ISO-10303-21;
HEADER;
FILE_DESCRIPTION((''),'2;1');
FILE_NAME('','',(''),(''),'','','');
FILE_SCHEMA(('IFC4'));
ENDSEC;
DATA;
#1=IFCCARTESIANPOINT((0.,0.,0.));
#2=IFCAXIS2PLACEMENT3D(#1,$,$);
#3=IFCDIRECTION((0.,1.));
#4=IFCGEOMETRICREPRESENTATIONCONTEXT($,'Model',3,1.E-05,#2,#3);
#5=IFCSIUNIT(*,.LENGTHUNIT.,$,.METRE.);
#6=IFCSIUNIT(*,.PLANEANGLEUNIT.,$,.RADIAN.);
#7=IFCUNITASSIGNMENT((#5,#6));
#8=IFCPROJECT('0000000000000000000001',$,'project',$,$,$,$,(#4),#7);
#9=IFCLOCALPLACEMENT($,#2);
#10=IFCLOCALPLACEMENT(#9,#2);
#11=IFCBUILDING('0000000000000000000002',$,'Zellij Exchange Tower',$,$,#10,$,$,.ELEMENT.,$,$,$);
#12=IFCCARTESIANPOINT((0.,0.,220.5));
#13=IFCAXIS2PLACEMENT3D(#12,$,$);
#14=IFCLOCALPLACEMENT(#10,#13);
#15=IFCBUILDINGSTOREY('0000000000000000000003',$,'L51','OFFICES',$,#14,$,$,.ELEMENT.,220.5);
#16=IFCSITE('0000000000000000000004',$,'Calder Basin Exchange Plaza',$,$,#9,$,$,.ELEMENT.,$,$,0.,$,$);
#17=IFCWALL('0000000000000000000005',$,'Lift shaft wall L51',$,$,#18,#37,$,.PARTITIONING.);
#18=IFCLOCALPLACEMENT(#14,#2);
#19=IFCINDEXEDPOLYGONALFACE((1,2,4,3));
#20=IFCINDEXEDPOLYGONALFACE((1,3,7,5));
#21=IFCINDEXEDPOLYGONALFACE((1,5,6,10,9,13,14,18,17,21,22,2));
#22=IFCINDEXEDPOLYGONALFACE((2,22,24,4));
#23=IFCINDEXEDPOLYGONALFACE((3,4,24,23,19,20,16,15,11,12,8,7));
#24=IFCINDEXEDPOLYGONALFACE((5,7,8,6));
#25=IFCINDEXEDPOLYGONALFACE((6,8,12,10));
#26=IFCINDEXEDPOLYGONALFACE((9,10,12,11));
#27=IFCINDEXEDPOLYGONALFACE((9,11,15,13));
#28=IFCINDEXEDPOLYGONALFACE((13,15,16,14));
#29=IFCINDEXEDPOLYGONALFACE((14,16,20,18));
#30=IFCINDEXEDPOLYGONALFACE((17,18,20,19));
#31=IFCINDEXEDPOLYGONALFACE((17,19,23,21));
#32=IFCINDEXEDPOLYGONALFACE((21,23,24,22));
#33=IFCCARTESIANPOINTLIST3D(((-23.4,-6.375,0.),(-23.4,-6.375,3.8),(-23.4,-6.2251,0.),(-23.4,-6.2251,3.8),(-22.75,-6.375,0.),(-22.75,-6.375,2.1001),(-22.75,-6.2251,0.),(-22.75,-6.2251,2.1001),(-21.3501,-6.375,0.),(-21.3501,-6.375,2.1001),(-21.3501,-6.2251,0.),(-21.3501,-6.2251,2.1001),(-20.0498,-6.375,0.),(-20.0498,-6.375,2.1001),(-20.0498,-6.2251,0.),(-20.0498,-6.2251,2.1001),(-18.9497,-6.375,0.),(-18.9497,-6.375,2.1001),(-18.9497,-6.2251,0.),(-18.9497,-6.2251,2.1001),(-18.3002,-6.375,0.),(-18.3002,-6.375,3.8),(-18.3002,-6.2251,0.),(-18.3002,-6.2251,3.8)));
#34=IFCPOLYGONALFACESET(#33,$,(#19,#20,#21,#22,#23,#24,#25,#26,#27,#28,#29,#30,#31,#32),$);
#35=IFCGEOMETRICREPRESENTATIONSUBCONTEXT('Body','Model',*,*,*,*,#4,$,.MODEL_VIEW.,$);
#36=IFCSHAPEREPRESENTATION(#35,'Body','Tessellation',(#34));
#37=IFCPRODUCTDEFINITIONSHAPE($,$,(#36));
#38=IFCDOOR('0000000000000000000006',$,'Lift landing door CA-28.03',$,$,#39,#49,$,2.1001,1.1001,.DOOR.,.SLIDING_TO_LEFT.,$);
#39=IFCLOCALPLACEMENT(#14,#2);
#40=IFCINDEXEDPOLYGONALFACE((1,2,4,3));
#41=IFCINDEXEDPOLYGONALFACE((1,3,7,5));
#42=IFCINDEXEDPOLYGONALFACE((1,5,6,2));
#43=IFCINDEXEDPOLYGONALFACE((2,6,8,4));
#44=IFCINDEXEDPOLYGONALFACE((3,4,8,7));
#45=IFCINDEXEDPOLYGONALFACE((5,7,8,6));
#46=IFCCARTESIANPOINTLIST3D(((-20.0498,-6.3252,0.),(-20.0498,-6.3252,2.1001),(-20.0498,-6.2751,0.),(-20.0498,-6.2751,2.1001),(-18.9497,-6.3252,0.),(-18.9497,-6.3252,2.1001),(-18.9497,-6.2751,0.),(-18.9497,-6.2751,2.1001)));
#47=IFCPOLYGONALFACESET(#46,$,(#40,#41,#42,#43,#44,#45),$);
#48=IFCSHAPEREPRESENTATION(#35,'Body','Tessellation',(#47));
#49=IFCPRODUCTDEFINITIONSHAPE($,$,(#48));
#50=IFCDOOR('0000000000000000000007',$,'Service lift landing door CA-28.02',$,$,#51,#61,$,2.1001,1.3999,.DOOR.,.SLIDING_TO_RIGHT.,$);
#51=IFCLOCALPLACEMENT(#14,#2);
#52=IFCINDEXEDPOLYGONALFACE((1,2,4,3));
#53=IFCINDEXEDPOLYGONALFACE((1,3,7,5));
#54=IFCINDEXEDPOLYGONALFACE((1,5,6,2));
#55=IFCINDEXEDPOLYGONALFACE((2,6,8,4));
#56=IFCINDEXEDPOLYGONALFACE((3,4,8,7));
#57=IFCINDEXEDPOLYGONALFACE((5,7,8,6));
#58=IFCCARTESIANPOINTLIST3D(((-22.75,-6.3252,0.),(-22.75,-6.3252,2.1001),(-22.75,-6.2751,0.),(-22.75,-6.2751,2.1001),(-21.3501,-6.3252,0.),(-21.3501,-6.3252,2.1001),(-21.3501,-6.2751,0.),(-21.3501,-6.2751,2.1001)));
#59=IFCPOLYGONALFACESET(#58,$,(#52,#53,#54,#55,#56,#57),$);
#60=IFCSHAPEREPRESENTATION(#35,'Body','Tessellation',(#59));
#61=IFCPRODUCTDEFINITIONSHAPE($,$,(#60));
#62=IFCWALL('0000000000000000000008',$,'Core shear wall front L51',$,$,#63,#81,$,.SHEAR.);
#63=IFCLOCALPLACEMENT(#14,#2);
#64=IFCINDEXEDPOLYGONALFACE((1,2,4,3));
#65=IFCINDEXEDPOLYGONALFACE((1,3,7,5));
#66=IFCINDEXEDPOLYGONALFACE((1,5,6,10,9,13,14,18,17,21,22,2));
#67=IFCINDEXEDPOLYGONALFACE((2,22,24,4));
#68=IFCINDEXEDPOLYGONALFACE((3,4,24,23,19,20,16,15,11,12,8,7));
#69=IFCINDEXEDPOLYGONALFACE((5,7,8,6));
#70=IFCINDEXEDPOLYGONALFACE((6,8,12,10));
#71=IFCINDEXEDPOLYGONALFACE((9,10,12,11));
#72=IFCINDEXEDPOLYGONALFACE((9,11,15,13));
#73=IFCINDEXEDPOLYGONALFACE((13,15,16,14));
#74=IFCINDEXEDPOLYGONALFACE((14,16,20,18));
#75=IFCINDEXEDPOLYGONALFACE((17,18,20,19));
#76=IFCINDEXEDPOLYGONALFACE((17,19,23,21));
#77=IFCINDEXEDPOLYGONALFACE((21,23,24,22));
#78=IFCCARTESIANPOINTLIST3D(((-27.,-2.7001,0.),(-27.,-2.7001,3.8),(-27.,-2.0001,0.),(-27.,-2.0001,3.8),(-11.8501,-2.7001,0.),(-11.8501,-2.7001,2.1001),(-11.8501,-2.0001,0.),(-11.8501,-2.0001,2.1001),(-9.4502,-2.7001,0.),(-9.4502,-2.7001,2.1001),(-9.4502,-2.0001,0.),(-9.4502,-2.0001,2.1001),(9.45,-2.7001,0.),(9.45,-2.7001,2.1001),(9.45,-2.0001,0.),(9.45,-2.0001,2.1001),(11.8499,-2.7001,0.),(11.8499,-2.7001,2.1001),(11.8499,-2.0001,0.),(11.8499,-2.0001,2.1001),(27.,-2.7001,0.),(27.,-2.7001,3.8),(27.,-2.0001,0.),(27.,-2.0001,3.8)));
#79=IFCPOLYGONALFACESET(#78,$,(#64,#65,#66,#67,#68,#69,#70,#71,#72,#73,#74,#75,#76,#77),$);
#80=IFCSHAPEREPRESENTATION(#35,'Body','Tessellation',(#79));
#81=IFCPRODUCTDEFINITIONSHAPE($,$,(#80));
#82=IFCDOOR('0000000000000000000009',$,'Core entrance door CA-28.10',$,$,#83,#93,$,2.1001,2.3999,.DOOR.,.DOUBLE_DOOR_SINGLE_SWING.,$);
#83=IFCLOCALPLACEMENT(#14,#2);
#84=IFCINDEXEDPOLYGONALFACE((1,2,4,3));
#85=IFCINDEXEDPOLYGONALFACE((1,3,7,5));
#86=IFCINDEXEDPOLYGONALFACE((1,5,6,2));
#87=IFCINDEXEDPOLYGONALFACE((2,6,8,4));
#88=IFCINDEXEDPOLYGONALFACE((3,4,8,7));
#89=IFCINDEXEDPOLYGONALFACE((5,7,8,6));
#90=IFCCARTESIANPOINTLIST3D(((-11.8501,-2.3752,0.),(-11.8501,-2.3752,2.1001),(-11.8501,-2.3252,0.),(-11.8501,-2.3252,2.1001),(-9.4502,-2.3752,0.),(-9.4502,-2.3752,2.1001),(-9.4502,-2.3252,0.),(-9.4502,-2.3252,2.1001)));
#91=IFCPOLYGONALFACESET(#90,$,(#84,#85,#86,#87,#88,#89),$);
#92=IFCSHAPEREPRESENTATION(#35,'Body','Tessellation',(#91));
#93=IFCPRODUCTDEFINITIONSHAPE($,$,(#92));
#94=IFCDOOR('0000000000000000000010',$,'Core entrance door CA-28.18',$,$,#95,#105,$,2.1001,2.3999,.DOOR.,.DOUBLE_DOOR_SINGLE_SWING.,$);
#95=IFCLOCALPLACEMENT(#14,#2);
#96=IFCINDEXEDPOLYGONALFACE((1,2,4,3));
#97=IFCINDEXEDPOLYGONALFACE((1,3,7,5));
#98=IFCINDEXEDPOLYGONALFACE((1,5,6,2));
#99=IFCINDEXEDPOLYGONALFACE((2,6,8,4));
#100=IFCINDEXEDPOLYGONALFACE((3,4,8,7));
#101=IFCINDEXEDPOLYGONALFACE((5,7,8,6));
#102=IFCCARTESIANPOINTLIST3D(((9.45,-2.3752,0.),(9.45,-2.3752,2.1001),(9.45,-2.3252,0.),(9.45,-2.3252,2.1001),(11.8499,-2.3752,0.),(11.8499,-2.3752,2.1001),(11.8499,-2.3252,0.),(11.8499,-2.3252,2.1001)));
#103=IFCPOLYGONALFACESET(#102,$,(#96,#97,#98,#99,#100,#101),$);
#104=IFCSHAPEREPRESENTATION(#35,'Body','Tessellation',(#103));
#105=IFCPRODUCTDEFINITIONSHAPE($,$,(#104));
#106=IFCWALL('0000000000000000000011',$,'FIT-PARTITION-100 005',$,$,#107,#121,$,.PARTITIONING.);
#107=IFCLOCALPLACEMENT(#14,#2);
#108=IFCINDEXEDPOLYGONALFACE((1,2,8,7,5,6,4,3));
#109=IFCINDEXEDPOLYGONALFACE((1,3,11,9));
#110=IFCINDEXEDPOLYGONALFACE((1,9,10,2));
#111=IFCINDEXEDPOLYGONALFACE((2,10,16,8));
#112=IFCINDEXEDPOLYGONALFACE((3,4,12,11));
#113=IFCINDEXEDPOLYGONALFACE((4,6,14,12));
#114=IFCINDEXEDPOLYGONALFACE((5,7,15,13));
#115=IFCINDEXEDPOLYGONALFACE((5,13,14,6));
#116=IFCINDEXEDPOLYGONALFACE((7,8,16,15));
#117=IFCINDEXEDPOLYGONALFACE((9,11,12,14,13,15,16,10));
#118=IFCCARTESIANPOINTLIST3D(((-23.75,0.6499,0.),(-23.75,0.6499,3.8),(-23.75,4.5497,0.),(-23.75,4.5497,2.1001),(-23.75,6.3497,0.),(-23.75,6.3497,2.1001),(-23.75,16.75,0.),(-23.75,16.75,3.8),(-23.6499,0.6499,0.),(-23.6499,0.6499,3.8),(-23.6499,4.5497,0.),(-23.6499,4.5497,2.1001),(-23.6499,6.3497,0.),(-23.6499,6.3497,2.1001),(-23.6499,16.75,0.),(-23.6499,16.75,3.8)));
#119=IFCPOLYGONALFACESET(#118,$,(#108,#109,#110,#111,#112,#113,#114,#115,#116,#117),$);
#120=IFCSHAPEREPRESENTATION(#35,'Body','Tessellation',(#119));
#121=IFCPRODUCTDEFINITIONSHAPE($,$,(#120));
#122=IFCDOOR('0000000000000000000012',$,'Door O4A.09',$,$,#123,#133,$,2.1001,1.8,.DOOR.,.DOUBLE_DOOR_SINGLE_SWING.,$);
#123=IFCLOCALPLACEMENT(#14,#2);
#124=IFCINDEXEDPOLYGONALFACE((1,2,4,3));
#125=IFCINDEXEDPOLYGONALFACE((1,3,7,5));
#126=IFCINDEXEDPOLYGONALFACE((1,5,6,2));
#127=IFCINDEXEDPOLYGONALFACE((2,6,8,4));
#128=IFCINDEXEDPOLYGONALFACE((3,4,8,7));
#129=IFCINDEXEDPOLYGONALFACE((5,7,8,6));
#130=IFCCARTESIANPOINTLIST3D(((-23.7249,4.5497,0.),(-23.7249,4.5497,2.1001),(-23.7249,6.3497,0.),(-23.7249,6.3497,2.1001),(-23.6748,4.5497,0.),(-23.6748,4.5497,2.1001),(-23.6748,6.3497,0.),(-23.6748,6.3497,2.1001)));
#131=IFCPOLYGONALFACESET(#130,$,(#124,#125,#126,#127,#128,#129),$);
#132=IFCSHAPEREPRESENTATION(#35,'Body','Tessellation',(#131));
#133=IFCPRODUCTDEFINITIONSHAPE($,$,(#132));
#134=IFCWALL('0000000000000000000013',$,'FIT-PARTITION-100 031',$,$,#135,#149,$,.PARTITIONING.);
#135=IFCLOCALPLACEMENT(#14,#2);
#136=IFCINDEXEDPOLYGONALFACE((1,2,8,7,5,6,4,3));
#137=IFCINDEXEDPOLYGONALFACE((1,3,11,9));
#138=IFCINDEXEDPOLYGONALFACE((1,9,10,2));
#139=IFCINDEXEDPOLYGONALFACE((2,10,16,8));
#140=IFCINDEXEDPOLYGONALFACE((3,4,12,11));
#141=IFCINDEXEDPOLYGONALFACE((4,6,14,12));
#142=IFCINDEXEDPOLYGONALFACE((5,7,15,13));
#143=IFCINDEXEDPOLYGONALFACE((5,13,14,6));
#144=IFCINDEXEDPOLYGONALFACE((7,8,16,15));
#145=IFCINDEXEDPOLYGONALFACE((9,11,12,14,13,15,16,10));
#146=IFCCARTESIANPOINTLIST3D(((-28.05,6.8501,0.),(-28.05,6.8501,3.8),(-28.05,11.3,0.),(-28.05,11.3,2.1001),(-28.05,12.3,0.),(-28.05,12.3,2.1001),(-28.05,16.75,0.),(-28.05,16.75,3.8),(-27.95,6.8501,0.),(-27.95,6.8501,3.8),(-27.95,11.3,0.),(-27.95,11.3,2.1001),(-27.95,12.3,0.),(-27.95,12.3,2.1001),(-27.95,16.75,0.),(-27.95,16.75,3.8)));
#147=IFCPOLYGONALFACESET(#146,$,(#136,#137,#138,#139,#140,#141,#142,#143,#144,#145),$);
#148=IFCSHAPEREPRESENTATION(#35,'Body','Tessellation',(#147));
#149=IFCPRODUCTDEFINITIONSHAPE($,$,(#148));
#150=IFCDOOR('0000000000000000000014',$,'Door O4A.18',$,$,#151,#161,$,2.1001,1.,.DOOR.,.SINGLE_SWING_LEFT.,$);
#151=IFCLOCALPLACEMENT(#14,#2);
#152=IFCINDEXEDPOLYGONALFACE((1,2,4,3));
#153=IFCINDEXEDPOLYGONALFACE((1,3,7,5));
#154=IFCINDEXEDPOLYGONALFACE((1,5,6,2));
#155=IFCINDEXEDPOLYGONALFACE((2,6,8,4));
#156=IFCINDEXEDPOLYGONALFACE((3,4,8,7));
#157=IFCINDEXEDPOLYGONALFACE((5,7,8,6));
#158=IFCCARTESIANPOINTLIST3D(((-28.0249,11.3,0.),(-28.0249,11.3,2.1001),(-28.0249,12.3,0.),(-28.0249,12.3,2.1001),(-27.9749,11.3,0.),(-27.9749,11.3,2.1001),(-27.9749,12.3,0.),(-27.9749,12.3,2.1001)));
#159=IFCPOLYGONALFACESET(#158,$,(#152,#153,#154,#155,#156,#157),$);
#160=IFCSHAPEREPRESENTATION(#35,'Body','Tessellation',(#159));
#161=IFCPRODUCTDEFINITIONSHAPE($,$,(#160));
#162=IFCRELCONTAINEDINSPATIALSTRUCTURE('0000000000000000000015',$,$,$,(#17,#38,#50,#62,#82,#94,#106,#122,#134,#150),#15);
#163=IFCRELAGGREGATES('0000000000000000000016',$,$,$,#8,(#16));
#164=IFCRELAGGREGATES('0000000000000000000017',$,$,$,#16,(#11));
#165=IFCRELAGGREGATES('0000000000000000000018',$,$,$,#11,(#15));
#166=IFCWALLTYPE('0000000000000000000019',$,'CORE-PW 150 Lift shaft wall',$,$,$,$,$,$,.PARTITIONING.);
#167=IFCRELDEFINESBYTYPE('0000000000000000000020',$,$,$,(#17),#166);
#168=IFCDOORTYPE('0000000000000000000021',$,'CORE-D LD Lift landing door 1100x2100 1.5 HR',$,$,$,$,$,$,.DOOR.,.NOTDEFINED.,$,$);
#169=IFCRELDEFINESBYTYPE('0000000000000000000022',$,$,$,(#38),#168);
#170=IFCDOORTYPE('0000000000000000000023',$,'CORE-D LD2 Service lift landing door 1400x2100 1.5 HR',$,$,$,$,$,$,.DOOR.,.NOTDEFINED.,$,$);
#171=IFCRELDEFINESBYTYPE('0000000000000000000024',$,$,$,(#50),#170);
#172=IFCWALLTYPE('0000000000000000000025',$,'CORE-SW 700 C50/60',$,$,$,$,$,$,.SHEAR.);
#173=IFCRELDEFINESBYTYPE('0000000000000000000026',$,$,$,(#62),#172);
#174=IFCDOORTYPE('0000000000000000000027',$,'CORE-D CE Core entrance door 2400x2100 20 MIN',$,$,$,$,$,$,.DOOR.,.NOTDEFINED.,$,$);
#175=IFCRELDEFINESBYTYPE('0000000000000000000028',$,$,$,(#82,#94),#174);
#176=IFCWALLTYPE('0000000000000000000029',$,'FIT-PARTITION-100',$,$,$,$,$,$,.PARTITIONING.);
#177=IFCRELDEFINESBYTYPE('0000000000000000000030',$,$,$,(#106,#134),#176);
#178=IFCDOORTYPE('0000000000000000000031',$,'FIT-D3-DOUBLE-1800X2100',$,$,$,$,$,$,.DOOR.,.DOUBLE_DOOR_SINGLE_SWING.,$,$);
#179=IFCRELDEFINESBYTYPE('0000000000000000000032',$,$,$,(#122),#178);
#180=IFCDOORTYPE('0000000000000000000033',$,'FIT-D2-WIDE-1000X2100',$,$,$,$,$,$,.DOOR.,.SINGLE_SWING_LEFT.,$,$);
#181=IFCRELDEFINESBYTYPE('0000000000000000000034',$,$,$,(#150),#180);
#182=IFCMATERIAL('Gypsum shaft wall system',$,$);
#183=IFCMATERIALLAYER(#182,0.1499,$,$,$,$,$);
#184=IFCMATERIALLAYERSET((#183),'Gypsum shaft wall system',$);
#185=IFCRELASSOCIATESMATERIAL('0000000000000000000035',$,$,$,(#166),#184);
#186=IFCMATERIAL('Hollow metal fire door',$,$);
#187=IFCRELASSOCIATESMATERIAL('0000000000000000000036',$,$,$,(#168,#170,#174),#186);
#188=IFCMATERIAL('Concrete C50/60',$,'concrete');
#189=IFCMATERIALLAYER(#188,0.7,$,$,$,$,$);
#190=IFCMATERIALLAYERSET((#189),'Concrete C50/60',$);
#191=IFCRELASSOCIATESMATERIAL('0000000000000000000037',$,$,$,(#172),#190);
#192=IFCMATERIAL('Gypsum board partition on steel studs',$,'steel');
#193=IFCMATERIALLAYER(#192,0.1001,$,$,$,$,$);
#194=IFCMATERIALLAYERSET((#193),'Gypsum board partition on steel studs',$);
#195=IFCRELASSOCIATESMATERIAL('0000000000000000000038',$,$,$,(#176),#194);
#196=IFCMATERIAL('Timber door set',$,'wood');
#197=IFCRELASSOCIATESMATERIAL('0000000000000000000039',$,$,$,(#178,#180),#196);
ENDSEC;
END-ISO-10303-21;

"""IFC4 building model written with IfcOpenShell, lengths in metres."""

from ifc_helpers import new_model, si_unit, direction, frame, frame_2d, origin, place, context, subcontext, project, spatial, rectangle, extrude, material, layer, layer_set, type_object, element, fill, save


model = new_model("IFC4")

# Units and contexts
model_context = context("Model", 3, precision=1e-05, world=origin(), true_north=direction((0.0, 1.0)))
body_context = subcontext(model_context, "Body", "Model", "MODEL_VIEW")
ifc_project = project(units=[si_unit("LENGTHUNIT", "METRE"), si_unit("PLANEANGLEUNIT", "RADIAN")], contexts=[model_context])

# Site, building, storey
site_placement = place(None, origin())
site = spatial("IfcSite", under=ifc_project, at=site_placement, Name="Calder Basin Exchange Plaza", CompositionType="ELEMENT", RefElevation=0.0)
building_placement = place(site_placement, origin())
building = spatial("IfcBuilding", under=site, at=building_placement, Name="Zellij Exchange Tower", CompositionType="ELEMENT")
storey_placement = place(building_placement, frame((0.0, 0.0, 220.5)))
storey = spatial("IfcBuildingStorey", under=building, at=storey_placement, Name="L51", Description="OFFICES", CompositionType="ELEMENT", Elevation=220.5)

# Shared definitions
ifc_material_1 = material(Name="Concrete C50/60", Category="concrete")

# Shared definitions
ifc_material_2 = material(Name="Gypsum shaft wall system")
ifc_layer_1 = layer(ifc_material_2, 0.1499)
ifc_layer_set_1 = layer_set([ifc_layer_1], Name="Gypsum shaft wall system")
wall_type_1 = type_object("IfcWallType", Name="CORE-PW 150 Lift shaft wall", PredefinedType="PARTITIONING", material=ifc_layer_set_1)

# Walls, openings, doors
wall_1_placement = place(storey_placement, frame((-23.3999, -6.3, 0.0), z_axis=(0.0, 0.0, 1.0), x_axis=(1.0, 0.0, 0.0)))
wall_1 = element("IfcWall", 1, at=wall_1_placement, inside=storey, type_object=wall_type_1, Name="Lift shaft wall L51", PredefinedType="PARTITIONING", context=body_context, shape_type="SweptSolid", body=[
    extrude(rectangle(XDim=5.0999, YDim=0.1499, at=frame_2d((2.5498, 0.0))), origin(), (0.0, 0.0, 1.0), 3.8),
])
opening_1_placement = place(wall_1_placement, frame((0.6499, 0.0, 0.0)))
opening_1 = element("IfcOpeningElement", 2, at=opening_1_placement, cuts=wall_1, PredefinedType="OPENING", context=body_context, shape_type="SweptSolid", body=[
    extrude(rectangle(XDim=1.3999, YDim=2.1001, at=frame_2d((0.7, 1.05))), frame((0.0, 0.0869, 0.0), z_axis=(0.0, -1.0, 0.0), x_axis=(1.0, 0.0, 0.0)), (0.0, 0.0, 1.0), 0.1738),
])
opening_2_placement = place(wall_1_placement, frame((3.3501, 0.0, 0.0)))
opening_2 = element("IfcOpeningElement", 3, at=opening_2_placement, cuts=wall_1, PredefinedType="OPENING", context=body_context, shape_type="SweptSolid", body=[
    extrude(rectangle(XDim=1.1001, YDim=2.1001, at=frame_2d((0.55, 1.05))), frame((0.0, 0.0869, 0.0), z_axis=(0.0, -1.0, 0.0), x_axis=(1.0, 0.0, 0.0)), (0.0, 0.0, 1.0), 0.1738),
])
ifc_material_3 = material(Name="Hollow metal fire door")
door_type_1 = type_object("IfcDoorType", Name="CORE-D LD Lift landing door 1100x2100 1.5 HR", OperationType="NOTDEFINED", PredefinedType="DOOR", material=ifc_material_3)
door_1_placement = place(opening_2_placement, origin())
door_1 = element("IfcDoor", 4, at=door_1_placement, inside=storey, type_object=door_type_1, Name="Lift landing door CA-28.03", OperationType="SLIDING_TO_LEFT", OverallHeight=2.1001, OverallWidth=1.1001, PredefinedType="DOOR", context=body_context, shape_type="SweptSolid", body=[
    extrude(rectangle(XDim=1.1001, YDim=2.1001, at=frame_2d((0.55, 1.05))), frame((0.0, 0.0249, 0.0), z_axis=(0.0, -1.0, 0.0), x_axis=(1.0, 0.0, 0.0)), (0.0, 0.0, 1.0), 0.05),
])
fill(opening_2, door_1)
door_type_2 = type_object("IfcDoorType", Name="CORE-D LD2 Service lift landing door 1400x2100 1.5 HR", OperationType="NOTDEFINED", PredefinedType="DOOR", material=ifc_material_3)
door_2_placement = place(opening_1_placement, origin())
door_2 = element("IfcDoor", 5, at=door_2_placement, inside=storey, type_object=door_type_2, Name="Service lift landing door CA-28.02", OperationType="SLIDING_TO_RIGHT", OverallHeight=2.1001, OverallWidth=1.3999, PredefinedType="DOOR", context=body_context, shape_type="SweptSolid", body=[
    extrude(rectangle(XDim=1.3999, YDim=2.1001, at=frame_2d((0.7, 1.05))), frame((0.0, 0.0249, 0.0), z_axis=(0.0, -1.0, 0.0), x_axis=(1.0, 0.0, 0.0)), (0.0, 0.0, 1.0), 0.05),
])
fill(opening_1, door_2)
ifc_layer_2 = layer(ifc_material_1, 0.7)
ifc_layer_set_2 = layer_set([ifc_layer_2], Name="Concrete C50/60")
wall_type_2 = type_object("IfcWallType", Name="CORE-SW 700 C50/60", PredefinedType="SHEAR", material=ifc_layer_set_2)
wall_2_placement = place(storey_placement, frame((-27.0, -2.3501, 0.0), z_axis=(0.0, 0.0, 1.0), x_axis=(1.0, 0.0, 0.0)))
wall_2 = element("IfcWall", 6, at=wall_2_placement, inside=storey, type_object=wall_type_2, Name="Core shear wall front L51", PredefinedType="SHEAR", context=body_context, shape_type="SweptSolid", body=[
    extrude(rectangle(XDim=54.0, YDim=0.7, at=frame_2d((27.0, 0.0))), origin(), (0.0, 0.0, 1.0), 3.8),
])
opening_3_placement = place(wall_2_placement, frame((15.1499, 0.0, 0.0)))
opening_3 = element("IfcOpeningElement", 7, at=opening_3_placement, cuts=wall_2, PredefinedType="OPENING", context=body_context, shape_type="SweptSolid", body=[
    extrude(rectangle(XDim=2.3999, YDim=2.1001, at=frame_2d((1.2, 1.05))), frame((0.0, 0.3618, 0.0), z_axis=(0.0, -1.0, 0.0), x_axis=(1.0, 0.0, 0.0)), (0.0, 0.0, 1.0), 0.7239),
])
opening_4_placement = place(wall_2_placement, frame((36.45, 0.0, 0.0)))
opening_4 = element("IfcOpeningElement", 8, at=opening_4_placement, cuts=wall_2, PredefinedType="OPENING", context=body_context, shape_type="SweptSolid", body=[
    extrude(rectangle(XDim=2.3999, YDim=2.1001, at=frame_2d((1.2, 1.05))), frame((0.0, 0.3618, 0.0), z_axis=(0.0, -1.0, 0.0), x_axis=(1.0, 0.0, 0.0)), (0.0, 0.0, 1.0), 0.7239),
])
door_type_3 = type_object("IfcDoorType", Name="CORE-D CE Core entrance door 2400x2100 20 MIN", OperationType="NOTDEFINED", PredefinedType="DOOR", material=ifc_material_3)
door_3_placement = place(opening_3_placement, origin())
door_3 = element("IfcDoor", 9, at=door_3_placement, inside=storey, type_object=door_type_3, Name="Core entrance door CA-28.10", OperationType="DOUBLE_DOOR_SINGLE_SWING", OverallHeight=2.1001, OverallWidth=2.3999, PredefinedType="DOOR", context=body_context, shape_type="SweptSolid", body=[
    extrude(rectangle(XDim=2.3999, YDim=2.1001, at=frame_2d((1.2, 1.05))), frame((0.0, 0.0249, 0.0), z_axis=(0.0, -1.0, 0.0), x_axis=(1.0, 0.0, 0.0)), (0.0, 0.0, 1.0), 0.05),
])
fill(opening_3, door_3)
door_4_placement = place(opening_4_placement, origin())
door_4 = element("IfcDoor", 10, at=door_4_placement, inside=storey, type_object=door_type_3, Name="Core entrance door CA-28.18", OperationType="DOUBLE_DOOR_SINGLE_SWING", OverallHeight=2.1001, OverallWidth=2.3999, PredefinedType="DOOR", context=body_context, shape_type="SweptSolid", body=[
    extrude(rectangle(XDim=2.3999, YDim=2.1001, at=frame_2d((1.2, 1.05))), frame((0.0, 0.0249, 0.0), z_axis=(0.0, -1.0, 0.0), x_axis=(1.0, 0.0, 0.0)), (0.0, 0.0, 1.0), 0.05),
])
fill(opening_4, door_4)

# Walls, openings, doors
ifc_material_4 = material(Name="Gypsum board partition on steel studs", Category="steel")
ifc_layer_3 = layer(ifc_material_4, 0.1001)
ifc_layer_set_3 = layer_set([ifc_layer_3], Name="Gypsum board partition on steel studs")
wall_type_3 = type_object("IfcWallType", Name="FIT-PARTITION-100", PredefinedType="PARTITIONING", material=ifc_layer_set_3)
wall_3_placement = place(storey_placement, frame((-23.7, 0.6499, 0.0), z_axis=(0.0, 0.0, 1.0), x_axis=(0.0, 1.0, 0.0)))
wall_3 = element("IfcWall", 11, at=wall_3_placement, inside=storey, type_object=wall_type_3, Name="FIT-PARTITION-100 005", PredefinedType="PARTITIONING", context=body_context, shape_type="SweptSolid", body=[
    extrude(rectangle(XDim=16.1001, YDim=0.1001, at=frame_2d((8.05, 0.0))), origin(), (0.0, 0.0, 1.0), 3.8),
])
opening_5_placement = place(wall_3_placement, frame((3.8999, 0.0, 0.0)))
opening_5 = element("IfcOpeningElement", 12, at=opening_5_placement, cuts=wall_3, PredefinedType="OPENING", context=body_context, shape_type="SweptSolid", body=[
    extrude(rectangle(XDim=1.8, YDim=2.1001, at=frame_2d((0.8999, 1.05))), frame((0.0, 0.062, 0.0), z_axis=(0.0, -1.0, 0.0), x_axis=(1.0, 0.0, 0.0)), (0.0, 0.0, 1.0), 0.124),
])
ifc_material_5 = material(Name="Timber door set", Category="wood")
door_type_4 = type_object("IfcDoorType", Name="FIT-D3-DOUBLE-1800X2100", OperationType="DOUBLE_DOOR_SINGLE_SWING", PredefinedType="DOOR", material=ifc_material_5)
door_5_placement = place(opening_5_placement, origin())
door_5 = element("IfcDoor", 13, at=door_5_placement, inside=storey, type_object=door_type_4, Name="Door O4A.09", OperationType="DOUBLE_DOOR_SINGLE_SWING", OverallHeight=2.1001, OverallWidth=1.8, PredefinedType="DOOR", context=body_context, shape_type="SweptSolid", body=[
    extrude(rectangle(XDim=1.8, YDim=2.1001, at=frame_2d((0.8999, 1.05))), frame((0.0, 0.0249, 0.0), z_axis=(0.0, -1.0, 0.0), x_axis=(1.0, 0.0, 0.0)), (0.0, 0.0, 1.0), 0.05),
])
fill(opening_5, door_5)
wall_4_placement = place(storey_placement, frame((-28.0, 6.8501, 0.0), z_axis=(0.0, 0.0, 1.0), x_axis=(0.0, 1.0, 0.0)))
wall_4 = element("IfcWall", 14, at=wall_4_placement, inside=storey, type_object=wall_type_3, Name="FIT-PARTITION-100 031", PredefinedType="PARTITIONING", context=body_context, shape_type="SweptSolid", body=[
    extrude(rectangle(XDim=9.8999, YDim=0.1001, at=frame_2d((4.95, 0.0))), origin(), (0.0, 0.0, 1.0), 3.8),
])
opening_6_placement = place(wall_4_placement, frame((4.45, 0.0, 0.0)))
opening_6 = element("IfcOpeningElement", 15, at=opening_6_placement, cuts=wall_4, PredefinedType="OPENING", context=body_context, shape_type="SweptSolid", body=[
    extrude(rectangle(XDim=1.0, YDim=2.1001, at=frame_2d((0.5, 1.05))), frame((0.0, 0.062, 0.0), z_axis=(0.0, -1.0, 0.0), x_axis=(1.0, 0.0, 0.0)), (0.0, 0.0, 1.0), 0.124),
])
door_type_5 = type_object("IfcDoorType", Name="FIT-D2-WIDE-1000X2100", OperationType="SINGLE_SWING_LEFT", PredefinedType="DOOR", material=ifc_material_5)
door_6_placement = place(opening_6_placement, origin())
door_6 = element("IfcDoor", 16, at=door_6_placement, inside=storey, type_object=door_type_5, Name="Door O4A.18", OperationType="SINGLE_SWING_LEFT", OverallHeight=2.1001, OverallWidth=1.0, PredefinedType="DOOR", context=body_context, shape_type="SweptSolid", body=[
    extrude(rectangle(XDim=1.0, YDim=2.1001, at=frame_2d((0.5, 1.05))), frame((0.0, 0.0249, 0.0), z_axis=(0.0, -1.0, 0.0), x_axis=(1.0, 0.0, 0.0)), (0.0, 0.0, 1.0), 0.05),
])
fill(opening_6, door_6)

save(model, "model.ifc")
